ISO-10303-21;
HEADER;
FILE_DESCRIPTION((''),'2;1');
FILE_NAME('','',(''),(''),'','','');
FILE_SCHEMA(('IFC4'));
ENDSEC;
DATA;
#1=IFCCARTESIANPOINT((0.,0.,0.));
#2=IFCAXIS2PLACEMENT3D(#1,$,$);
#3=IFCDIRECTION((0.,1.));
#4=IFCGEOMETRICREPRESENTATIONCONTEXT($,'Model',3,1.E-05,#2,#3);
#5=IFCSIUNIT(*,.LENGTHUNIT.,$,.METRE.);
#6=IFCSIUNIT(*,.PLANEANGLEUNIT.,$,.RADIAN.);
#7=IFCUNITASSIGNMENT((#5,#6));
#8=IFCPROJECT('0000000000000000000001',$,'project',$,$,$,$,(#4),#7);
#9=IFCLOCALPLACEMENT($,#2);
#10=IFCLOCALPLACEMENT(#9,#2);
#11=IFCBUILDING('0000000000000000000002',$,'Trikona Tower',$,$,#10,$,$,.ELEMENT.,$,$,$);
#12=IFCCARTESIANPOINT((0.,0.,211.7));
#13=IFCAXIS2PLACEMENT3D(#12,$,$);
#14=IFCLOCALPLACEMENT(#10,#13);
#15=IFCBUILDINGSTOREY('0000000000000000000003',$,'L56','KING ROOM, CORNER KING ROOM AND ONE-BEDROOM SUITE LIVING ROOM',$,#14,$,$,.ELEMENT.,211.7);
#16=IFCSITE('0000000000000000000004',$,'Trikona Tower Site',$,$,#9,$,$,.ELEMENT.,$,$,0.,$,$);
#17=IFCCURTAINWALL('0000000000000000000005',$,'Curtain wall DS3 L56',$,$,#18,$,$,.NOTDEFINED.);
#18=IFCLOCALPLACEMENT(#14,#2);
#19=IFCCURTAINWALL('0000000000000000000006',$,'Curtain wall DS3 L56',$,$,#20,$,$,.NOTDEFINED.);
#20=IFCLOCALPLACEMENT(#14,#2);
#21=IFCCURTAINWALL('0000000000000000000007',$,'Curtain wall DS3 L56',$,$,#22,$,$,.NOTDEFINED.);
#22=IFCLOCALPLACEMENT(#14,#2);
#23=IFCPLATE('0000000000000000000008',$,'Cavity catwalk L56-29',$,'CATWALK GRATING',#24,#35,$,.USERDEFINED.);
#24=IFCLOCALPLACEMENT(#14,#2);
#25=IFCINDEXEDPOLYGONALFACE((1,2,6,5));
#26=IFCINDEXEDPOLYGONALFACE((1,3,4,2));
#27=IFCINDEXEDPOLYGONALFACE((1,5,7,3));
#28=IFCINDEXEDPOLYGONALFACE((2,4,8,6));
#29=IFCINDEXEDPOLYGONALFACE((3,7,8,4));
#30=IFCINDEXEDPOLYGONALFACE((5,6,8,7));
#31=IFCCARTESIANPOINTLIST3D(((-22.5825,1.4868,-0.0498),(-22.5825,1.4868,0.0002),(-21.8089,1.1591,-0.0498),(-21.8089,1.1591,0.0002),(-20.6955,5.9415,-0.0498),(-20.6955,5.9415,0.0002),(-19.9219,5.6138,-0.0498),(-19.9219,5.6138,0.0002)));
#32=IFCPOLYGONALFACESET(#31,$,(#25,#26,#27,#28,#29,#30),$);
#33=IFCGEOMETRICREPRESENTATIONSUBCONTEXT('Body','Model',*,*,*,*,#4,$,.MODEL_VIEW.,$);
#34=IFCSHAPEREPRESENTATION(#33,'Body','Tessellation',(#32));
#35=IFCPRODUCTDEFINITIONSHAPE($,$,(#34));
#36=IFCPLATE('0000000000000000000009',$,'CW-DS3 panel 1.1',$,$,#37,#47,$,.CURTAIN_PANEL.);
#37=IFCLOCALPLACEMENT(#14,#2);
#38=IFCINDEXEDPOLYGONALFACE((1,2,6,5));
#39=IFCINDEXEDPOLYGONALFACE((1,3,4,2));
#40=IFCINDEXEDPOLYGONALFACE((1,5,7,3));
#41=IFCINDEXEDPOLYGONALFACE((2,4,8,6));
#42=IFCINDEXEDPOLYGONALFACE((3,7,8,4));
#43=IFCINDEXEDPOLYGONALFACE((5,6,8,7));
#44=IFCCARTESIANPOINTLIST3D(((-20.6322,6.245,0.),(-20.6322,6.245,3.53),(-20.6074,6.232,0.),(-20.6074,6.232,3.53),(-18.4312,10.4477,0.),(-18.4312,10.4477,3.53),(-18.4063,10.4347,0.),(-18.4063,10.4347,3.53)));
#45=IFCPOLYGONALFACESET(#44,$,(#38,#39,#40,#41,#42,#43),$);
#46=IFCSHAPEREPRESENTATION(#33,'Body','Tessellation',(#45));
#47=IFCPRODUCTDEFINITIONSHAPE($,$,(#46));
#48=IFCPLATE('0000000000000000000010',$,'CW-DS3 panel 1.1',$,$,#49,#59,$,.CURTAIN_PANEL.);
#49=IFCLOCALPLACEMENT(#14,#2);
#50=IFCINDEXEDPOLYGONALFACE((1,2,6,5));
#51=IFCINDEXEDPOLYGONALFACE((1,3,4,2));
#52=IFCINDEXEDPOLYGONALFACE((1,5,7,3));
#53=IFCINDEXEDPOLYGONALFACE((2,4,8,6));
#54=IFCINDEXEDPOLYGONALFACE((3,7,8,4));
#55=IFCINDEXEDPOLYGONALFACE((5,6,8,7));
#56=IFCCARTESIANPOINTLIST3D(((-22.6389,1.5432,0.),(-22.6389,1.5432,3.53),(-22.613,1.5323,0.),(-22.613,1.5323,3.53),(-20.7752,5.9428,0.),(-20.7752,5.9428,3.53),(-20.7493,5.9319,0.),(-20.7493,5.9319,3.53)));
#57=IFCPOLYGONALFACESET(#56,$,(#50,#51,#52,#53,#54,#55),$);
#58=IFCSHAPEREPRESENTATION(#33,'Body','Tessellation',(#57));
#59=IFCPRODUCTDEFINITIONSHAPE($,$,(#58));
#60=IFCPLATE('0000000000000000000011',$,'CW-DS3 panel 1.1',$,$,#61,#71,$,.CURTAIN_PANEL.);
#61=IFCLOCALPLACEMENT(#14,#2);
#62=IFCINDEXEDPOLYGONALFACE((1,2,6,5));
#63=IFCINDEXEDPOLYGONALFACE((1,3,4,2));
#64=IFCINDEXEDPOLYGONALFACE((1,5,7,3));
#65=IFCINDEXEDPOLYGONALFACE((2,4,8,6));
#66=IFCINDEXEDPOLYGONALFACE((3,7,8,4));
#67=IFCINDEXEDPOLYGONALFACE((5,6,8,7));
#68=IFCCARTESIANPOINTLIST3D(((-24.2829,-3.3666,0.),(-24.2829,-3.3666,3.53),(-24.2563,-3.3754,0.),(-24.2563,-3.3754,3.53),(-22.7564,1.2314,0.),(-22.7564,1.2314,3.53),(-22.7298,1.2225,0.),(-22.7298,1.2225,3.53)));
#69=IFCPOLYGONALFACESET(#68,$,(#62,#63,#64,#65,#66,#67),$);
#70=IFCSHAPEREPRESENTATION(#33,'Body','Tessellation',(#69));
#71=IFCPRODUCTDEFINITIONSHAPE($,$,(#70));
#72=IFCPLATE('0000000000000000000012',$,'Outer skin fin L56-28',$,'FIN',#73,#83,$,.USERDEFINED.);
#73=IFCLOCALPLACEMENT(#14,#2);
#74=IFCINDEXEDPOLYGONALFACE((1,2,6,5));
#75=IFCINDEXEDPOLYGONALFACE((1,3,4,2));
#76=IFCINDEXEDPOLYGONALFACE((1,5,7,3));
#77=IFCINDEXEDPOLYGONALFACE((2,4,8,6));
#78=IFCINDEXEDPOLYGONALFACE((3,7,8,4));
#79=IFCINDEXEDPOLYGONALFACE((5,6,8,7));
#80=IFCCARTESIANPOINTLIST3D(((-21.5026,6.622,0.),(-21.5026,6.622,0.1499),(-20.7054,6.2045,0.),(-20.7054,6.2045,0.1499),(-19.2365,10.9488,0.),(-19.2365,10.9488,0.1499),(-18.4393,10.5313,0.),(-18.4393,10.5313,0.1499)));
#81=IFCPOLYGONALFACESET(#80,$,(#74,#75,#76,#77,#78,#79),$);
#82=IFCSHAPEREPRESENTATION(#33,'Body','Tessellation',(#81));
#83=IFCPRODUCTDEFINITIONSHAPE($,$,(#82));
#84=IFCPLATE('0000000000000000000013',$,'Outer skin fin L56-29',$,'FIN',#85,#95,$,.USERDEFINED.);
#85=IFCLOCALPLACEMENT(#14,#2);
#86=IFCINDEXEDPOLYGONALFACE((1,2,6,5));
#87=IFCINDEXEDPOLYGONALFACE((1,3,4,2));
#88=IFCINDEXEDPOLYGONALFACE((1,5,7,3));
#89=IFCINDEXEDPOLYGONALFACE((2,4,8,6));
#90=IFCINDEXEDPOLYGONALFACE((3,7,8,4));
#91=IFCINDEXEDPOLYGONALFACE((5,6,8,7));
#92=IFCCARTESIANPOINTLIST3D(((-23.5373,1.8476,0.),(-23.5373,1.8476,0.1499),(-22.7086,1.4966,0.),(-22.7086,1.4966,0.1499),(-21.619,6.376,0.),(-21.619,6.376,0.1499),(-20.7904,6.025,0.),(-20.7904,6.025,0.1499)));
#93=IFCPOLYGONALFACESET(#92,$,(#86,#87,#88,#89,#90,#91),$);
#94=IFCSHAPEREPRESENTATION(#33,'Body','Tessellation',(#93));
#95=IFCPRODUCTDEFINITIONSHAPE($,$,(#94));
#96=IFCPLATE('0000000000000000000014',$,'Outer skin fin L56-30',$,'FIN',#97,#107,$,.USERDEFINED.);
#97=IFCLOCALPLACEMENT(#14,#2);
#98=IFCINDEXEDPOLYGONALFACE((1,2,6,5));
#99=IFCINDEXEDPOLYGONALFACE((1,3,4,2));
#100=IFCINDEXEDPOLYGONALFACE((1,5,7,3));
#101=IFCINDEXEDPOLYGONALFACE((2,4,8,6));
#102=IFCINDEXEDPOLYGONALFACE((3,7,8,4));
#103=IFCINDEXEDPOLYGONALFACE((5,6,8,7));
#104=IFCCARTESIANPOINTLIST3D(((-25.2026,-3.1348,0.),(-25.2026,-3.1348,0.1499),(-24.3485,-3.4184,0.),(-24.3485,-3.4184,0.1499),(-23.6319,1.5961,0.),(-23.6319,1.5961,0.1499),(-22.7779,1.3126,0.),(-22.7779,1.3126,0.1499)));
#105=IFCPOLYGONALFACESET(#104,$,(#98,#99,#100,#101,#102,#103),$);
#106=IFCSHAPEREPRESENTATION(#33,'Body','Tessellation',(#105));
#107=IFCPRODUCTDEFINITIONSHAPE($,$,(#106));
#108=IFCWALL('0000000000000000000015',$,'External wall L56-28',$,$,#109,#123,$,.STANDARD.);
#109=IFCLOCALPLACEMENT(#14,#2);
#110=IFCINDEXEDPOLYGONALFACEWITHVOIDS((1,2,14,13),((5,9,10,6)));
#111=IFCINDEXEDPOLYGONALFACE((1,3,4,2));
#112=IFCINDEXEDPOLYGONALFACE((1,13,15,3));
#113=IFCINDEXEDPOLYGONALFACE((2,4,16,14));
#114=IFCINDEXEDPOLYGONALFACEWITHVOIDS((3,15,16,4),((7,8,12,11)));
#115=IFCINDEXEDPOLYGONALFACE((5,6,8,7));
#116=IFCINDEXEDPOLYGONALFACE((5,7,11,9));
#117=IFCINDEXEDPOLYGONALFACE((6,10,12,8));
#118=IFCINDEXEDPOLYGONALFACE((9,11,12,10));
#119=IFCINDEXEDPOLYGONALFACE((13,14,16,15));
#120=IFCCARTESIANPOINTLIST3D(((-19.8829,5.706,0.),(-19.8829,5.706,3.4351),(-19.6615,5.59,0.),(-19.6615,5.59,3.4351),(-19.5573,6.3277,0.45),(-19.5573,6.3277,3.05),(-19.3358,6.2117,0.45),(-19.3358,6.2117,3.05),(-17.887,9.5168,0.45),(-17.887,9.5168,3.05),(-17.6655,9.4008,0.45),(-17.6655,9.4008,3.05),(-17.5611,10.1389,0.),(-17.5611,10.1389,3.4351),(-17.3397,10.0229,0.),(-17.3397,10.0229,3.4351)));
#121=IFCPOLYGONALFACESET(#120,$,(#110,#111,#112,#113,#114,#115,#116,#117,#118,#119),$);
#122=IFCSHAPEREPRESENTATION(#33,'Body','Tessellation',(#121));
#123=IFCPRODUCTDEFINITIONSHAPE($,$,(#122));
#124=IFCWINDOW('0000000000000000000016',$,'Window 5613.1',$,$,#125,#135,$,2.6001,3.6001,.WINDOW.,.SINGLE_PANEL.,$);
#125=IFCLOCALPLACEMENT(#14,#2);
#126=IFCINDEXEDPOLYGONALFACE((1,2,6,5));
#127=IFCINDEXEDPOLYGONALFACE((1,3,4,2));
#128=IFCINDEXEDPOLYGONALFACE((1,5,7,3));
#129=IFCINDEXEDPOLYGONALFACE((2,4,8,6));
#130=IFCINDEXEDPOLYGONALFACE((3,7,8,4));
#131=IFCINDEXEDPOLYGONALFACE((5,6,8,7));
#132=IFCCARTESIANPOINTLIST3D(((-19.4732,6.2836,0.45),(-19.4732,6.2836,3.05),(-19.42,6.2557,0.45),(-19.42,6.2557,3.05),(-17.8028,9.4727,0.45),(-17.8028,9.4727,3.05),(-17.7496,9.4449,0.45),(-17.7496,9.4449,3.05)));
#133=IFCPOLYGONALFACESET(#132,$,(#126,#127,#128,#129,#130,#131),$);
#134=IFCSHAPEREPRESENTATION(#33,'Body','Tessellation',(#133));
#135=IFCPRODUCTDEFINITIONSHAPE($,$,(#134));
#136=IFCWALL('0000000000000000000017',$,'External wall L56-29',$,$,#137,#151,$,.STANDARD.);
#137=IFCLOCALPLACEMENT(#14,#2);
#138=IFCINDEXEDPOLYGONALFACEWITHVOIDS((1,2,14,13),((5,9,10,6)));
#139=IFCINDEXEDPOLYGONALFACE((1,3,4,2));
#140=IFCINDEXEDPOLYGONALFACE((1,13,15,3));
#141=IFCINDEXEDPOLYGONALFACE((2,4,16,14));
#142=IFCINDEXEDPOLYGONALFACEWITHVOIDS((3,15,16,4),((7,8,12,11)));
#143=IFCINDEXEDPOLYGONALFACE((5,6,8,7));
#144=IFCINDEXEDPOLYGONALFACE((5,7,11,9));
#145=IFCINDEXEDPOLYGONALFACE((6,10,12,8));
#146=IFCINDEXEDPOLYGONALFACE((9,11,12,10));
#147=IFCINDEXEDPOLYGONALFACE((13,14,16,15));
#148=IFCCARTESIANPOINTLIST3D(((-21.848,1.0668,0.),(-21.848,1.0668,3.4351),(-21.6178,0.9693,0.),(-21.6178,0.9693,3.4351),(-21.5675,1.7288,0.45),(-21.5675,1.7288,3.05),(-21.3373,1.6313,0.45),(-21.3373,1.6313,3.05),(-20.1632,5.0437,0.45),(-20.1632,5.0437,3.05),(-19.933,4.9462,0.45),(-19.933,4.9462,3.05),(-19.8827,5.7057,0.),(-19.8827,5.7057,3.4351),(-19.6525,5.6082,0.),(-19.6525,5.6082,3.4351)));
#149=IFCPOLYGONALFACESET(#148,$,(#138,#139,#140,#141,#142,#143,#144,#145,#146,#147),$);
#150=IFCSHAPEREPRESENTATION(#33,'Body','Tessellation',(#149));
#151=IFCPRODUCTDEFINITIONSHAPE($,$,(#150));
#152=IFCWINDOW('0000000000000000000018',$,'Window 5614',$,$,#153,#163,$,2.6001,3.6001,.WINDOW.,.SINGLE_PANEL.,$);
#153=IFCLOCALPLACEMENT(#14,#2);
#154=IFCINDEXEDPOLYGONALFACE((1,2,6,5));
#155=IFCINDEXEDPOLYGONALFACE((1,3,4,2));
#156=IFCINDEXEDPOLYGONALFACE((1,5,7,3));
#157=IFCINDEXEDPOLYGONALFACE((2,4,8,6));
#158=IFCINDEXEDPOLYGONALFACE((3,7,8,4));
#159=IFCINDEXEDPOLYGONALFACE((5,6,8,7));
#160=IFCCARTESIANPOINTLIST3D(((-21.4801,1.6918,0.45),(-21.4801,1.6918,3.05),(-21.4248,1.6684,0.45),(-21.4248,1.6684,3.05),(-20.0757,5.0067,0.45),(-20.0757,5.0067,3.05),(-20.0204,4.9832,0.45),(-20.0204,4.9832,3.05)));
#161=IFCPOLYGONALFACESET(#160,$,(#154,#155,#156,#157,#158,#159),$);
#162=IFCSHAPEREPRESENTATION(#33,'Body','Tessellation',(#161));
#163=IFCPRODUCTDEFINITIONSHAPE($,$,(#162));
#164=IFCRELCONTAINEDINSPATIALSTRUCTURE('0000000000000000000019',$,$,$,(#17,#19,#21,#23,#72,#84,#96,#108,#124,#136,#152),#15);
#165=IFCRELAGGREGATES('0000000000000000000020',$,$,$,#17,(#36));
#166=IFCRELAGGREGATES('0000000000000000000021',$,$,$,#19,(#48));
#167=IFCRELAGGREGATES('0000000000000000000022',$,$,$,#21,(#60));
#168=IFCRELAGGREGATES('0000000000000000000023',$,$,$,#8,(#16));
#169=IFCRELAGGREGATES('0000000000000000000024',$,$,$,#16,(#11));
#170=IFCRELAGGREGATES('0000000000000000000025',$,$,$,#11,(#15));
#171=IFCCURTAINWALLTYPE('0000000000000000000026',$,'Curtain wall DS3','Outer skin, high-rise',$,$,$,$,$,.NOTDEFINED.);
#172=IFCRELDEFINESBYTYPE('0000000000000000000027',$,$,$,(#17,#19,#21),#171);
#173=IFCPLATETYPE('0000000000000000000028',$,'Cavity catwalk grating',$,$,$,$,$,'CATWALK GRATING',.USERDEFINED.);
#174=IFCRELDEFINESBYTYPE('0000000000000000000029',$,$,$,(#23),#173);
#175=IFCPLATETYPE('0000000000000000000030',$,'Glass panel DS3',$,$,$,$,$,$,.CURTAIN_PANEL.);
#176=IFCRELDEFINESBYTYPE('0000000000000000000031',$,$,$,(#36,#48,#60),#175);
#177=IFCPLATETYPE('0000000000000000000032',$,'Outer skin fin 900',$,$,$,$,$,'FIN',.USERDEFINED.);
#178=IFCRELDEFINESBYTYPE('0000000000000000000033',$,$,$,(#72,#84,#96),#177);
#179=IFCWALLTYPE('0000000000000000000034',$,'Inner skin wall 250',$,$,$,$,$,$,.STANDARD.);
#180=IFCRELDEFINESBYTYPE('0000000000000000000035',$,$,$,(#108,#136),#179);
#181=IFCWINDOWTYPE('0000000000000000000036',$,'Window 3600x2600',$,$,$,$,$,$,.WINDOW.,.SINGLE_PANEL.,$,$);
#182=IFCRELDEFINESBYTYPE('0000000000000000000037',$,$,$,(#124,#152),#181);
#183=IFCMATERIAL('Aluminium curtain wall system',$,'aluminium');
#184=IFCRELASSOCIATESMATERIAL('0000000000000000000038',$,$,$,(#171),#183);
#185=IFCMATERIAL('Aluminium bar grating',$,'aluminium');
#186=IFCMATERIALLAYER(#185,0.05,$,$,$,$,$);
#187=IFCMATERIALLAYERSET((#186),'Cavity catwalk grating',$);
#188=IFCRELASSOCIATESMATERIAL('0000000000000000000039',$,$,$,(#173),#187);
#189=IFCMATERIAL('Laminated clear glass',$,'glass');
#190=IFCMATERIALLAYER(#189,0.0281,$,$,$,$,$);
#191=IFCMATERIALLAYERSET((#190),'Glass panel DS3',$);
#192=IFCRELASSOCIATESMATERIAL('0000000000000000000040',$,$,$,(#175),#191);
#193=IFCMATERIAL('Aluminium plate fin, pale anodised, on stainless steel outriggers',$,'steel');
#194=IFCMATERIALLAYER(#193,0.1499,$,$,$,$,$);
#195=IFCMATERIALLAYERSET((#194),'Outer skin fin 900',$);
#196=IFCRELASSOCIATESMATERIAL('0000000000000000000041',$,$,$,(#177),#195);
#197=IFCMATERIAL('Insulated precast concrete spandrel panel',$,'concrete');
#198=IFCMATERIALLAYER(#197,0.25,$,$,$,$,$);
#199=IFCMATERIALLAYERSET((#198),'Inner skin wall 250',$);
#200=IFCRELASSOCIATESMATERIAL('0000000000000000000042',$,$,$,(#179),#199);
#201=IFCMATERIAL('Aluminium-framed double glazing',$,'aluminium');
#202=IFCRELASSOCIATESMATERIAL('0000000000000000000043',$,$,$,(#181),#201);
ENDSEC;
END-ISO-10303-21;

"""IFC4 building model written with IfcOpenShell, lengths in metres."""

from ifc_helpers import new_model, si_unit, direction, frame, frame_2d, origin, origin_2d, place, context, subcontext, project, spatial, rectangle, extrude, material, layer, layer_set, type_object, element, fill, aggregate, save


model = new_model("IFC4")

# Units and contexts
model_context = context("Model", 3, precision=1e-05, world=origin(), true_north=direction((0.0, 1.0)))
body_context = subcontext(model_context, "Body", "Model", "MODEL_VIEW")
ifc_project = project(units=[si_unit("LENGTHUNIT", "METRE"), si_unit("PLANEANGLEUNIT", "RADIAN")], contexts=[model_context])

# Site, building, storey
site_placement = place(None, origin())
site = spatial("IfcSite", under=ifc_project, at=site_placement, Name="Trikona Tower Site", CompositionType="ELEMENT", RefElevation=0.0)
building_placement = place(site_placement, origin())
building = spatial("IfcBuilding", under=site, at=building_placement, Name="Trikona Tower", CompositionType="ELEMENT")
storey_placement = place(building_placement, frame((0.0, 0.0, 211.7)))
storey = spatial("IfcBuildingStorey", under=building, at=storey_placement, Name="L56", Description="KING ROOM, CORNER KING ROOM AND ONE-BEDROOM SUITE LIVING ROOM", CompositionType="ELEMENT", Elevation=211.7)

# Shared definitions
ifc_material_1 = material(Name="Aluminium curtain wall system", Category="aluminium")
curtain_wall_type = type_object("IfcCurtainWallType", Name="Curtain wall DS3", Description="Outer skin, high-rise", PredefinedType="NOTDEFINED", material=ifc_material_1)

# Curtain walls
curtain_wall_1_placement = place(storey_placement, origin())
curtain_wall_1 = element("IfcCurtainWall", 1, at=curtain_wall_1_placement, inside=storey, type_object=curtain_wall_type, Name="Curtain wall DS3 L56", PredefinedType="NOTDEFINED")
curtain_wall_2_placement = place(storey_placement, origin())
curtain_wall_2 = element("IfcCurtainWall", 2, at=curtain_wall_2_placement, inside=storey, type_object=curtain_wall_type, Name="Curtain wall DS3 L56", PredefinedType="NOTDEFINED")

# Curtain wall
curtain_wall_3_placement = place(storey_placement, origin())
curtain_wall_3 = element("IfcCurtainWall", 3, at=curtain_wall_3_placement, inside=storey, type_object=curtain_wall_type, Name="Curtain wall DS3 L56", PredefinedType="NOTDEFINED")

# Plate
ifc_material_2 = material(Name="Aluminium bar grating", Category="aluminium")
ifc_layer_1 = layer(ifc_material_2, 0.05)
ifc_layer_set_1 = layer_set([ifc_layer_1], Name="Cavity catwalk grating")
plate_type_1 = type_object("IfcPlateType", Name="Cavity catwalk grating", ElementType="CATWALK GRATING", PredefinedType="USERDEFINED", material=ifc_layer_set_1)
plate_1_placement = place(storey_placement, frame((-21.2522, 3.5503, -0.0498), z_axis=(0.0, 0.0, 1.0), x_axis=(-0.390051, -0.920793, 0.0)))
element("IfcPlate", 4, at=plate_1_placement, inside=storey, type_object=plate_type_1, Name="Cavity catwalk L56-29", ObjectType="CATWALK GRATING", PredefinedType="USERDEFINED", context=body_context, shape_type="SweptSolid", body=[
    extrude(rectangle(XDim=4.8379, YDim=0.8401, at=origin_2d()), origin(), (0.0, 0.0, 1.0), 0.05),
])

# Plates
ifc_material_3 = material(Name="Laminated clear glass", Category="glass")
ifc_layer_2 = layer(ifc_material_3, 0.0281)
ifc_layer_set_2 = layer_set([ifc_layer_2], Name="Glass panel DS3")
plate_type_2 = type_object("IfcPlateType", Name="Glass panel DS3", PredefinedType="CURTAIN_PANEL", material=ifc_layer_set_2)
plate_2_placement = place(storey_placement, frame((-19.5193, 8.3398, 0.0), z_axis=(0.0, 0.0, 1.0), x_axis=(-0.463948, -0.885862, 0.0)))
plate_2 = element("IfcPlate", 5, at=plate_2_placement, type_object=plate_type_2, Name="CW-DS3 panel 1.1", PredefinedType="CURTAIN_PANEL", context=body_context, shape_type="SweptSolid", body=[
    extrude(rectangle(XDim=4.7441, YDim=0.0281, at=origin_2d()), origin(), (0.0, 0.0, 1.0), 3.53),
])
aggregate(curtain_wall_1, [plate_2])
plate_3_placement = place(storey_placement, frame((-21.6941, 3.7375, 0.0), z_axis=(0.0, 0.0, 1.0), x_axis=(-0.390053, -0.920792, 0.0)))
plate_3 = element("IfcPlate", 6, at=plate_3_placement, type_object=plate_type_2, Name="CW-DS3 panel 1.1", PredefinedType="CURTAIN_PANEL", context=body_context, shape_type="SweptSolid", body=[
    extrude(rectangle(XDim=4.7781, YDim=0.0281, at=origin_2d()), origin(), (0.0, 0.0, 1.0), 3.53),
])
aggregate(curtain_wall_2, [plate_3])
plate_4_placement = place(storey_placement, frame((-23.5063, -1.072, 0.0), z_axis=(0.0, 0.0, 1.0), x_axis=(-0.315078, -0.949066, 0.0)))
plate_4 = element("IfcPlate", 7, at=plate_4_placement, type_object=plate_type_2, Name="CW-DS3 panel 1.1", PredefinedType="CURTAIN_PANEL", context=body_context, shape_type="SweptSolid", body=[
    extrude(rectangle(XDim=4.8447, YDim=0.0281, at=origin_2d()), origin(), (0.0, 0.0, 1.0), 3.53),
])
aggregate(curtain_wall_3, [plate_4])

# Plates
ifc_material_4 = material(Name="Aluminium plate fin, pale anodised, on stainless steel outriggers", Category="steel")
ifc_layer_3 = layer(ifc_material_4, 0.1499)
ifc_layer_set_3 = layer_set([ifc_layer_3], Name="Outer skin fin 900")
plate_type_3 = type_object("IfcPlateType", Name="Outer skin fin 900", ElementType="FIN", PredefinedType="USERDEFINED", material=ifc_layer_set_3)
plate_5_placement = place(storey_placement, frame((-19.9709, 8.5767, 0.0), z_axis=(0.0, 0.0, 1.0), x_axis=(-0.463952, -0.88586, 0.0)))
element("IfcPlate", 8, at=plate_5_placement, inside=storey, type_object=plate_type_3, Name="Outer skin fin L56-28", ObjectType="FIN", PredefinedType="USERDEFINED", context=body_context, shape_type="SweptSolid", body=[
    extrude(rectangle(XDim=4.8843, YDim=0.8999, at=origin_2d()), origin(), (0.0, 0.0, 1.0), 0.1499),
])
plate_6_placement = place(storey_placement, frame((-22.1638, 3.9363, 0.0), z_axis=(0.0, 0.0, 1.0), x_axis=(-0.390051, -0.920793, 0.0)))
element("IfcPlate", 9, at=plate_6_placement, inside=storey, type_object=plate_type_3, Name="Outer skin fin L56-29", ObjectType="FIN", PredefinedType="USERDEFINED", context=body_context, shape_type="SweptSolid", body=[
    extrude(rectangle(XDim=4.918, YDim=0.8999, at=origin_2d()), origin(), (0.0, 0.0, 1.0), 0.1499),
])
plate_7_placement = place(storey_placement, frame((-23.9902, -0.9111, 0.0), z_axis=(0.0, 0.0, 1.0), x_axis=(-0.315093, -0.949061, 0.0)))
element("IfcPlate", 10, at=plate_7_placement, inside=storey, type_object=plate_type_3, Name="Outer skin fin L56-30", ObjectType="FIN", PredefinedType="USERDEFINED", context=body_context, shape_type="SweptSolid", body=[
    extrude(rectangle(XDim=4.9849, YDim=0.8999, at=origin_2d()), origin(), (0.0, 0.0, 1.0), 0.1499),
])

# Walls, openings, windows
ifc_material_5 = material(Name="Insulated precast concrete spandrel panel", Category="concrete")
ifc_layer_4 = layer(ifc_material_5, 0.25)
ifc_layer_set_4 = layer_set([ifc_layer_4], Name="Inner skin wall 250")
wall_type = type_object("IfcWallType", Name="Inner skin wall 250", PredefinedType="STANDARD", material=ifc_layer_set_4)
wall_1_placement = place(storey_placement, frame((-17.4504, 10.0808, 0.0), z_axis=(0.0, 0.0, 1.0), x_axis=(-0.463976, -0.885848, 0.0)))
wall_1 = element("IfcWall", 11, at=wall_1_placement, inside=storey, type_object=wall_type, Name="External wall L56-28", PredefinedType="STANDARD", context=body_context, shape_type="SweptSolid", body=[
    extrude(rectangle(XDim=5.0042, YDim=0.25, at=frame_2d((2.502, 0.0))), origin(), (0.0, 0.0, 1.0), 3.4351),
])
opening_1_placement = place(wall_1_placement, frame((0.7021, 0.0, 0.45)))
opening_1 = element("IfcOpeningElement", 12, at=opening_1_placement, cuts=wall_1, PredefinedType="OPENING", context=body_context, shape_type="SweptSolid", body=[
    extrude(rectangle(XDim=3.6001, YDim=2.6001, at=frame_2d((1.8, 1.3))), frame((0.0, 0.135, 0.0), z_axis=(0.0, -1.0, 0.0), x_axis=(1.0, 0.0, 0.0)), (0.0, 0.0, 1.0), 0.27),
])
ifc_material_6 = material(Name="Aluminium-framed double glazing", Category="aluminium")
window_type = type_object("IfcWindowType", Name="Window 3600x2600", PartitioningType="SINGLE_PANEL", PredefinedType="WINDOW", material=ifc_material_6)
window_1_placement = place(opening_1_placement, origin())
window_1 = element("IfcWindow", 13, at=window_1_placement, inside=storey, type_object=window_type, Name="Window 5613.1", OverallHeight=2.6001, OverallWidth=3.6001, PartitioningType="SINGLE_PANEL", PredefinedType="WINDOW", context=body_context, shape_type="SweptSolid", body=[
    extrude(rectangle(XDim=3.6001, YDim=2.6001, at=frame_2d((1.8, 1.3))), frame((0.0, 0.03, 0.0), z_axis=(0.0, -1.0, 0.0), x_axis=(1.0, 0.0, 0.0)), (0.0, 0.0, 1.0), 0.0601),
])
fill(opening_1, window_1)
wall_2_placement = place(storey_placement, frame((-19.7676, 5.657, 0.0), z_axis=(0.0, 0.0, 1.0), x_axis=(-0.390097, -0.920774, 0.0)))
wall_2 = element("IfcWall", 14, at=wall_2_placement, inside=storey, type_object=wall_type, Name="External wall L56-29", PredefinedType="STANDARD", context=body_context, shape_type="SweptSolid", body=[
    extrude(rectangle(XDim=5.0381, YDim=0.25, at=frame_2d((2.519, 0.0))), origin(), (0.0, 0.0, 1.0), 3.4351),
])
opening_2_placement = place(wall_2_placement, frame((0.719, 0.0, 0.45)))
opening_2 = element("IfcOpeningElement", 15, at=opening_2_placement, cuts=wall_2, PredefinedType="OPENING", context=body_context, shape_type="SweptSolid", body=[
    extrude(rectangle(XDim=3.6001, YDim=2.6001, at=frame_2d((1.8, 1.3))), frame((0.0, 0.135, 0.0), z_axis=(0.0, -1.0, 0.0), x_axis=(1.0, 0.0, 0.0)), (0.0, 0.0, 1.0), 0.27),
])
window_2_placement = place(opening_2_placement, origin())
window_2 = element("IfcWindow", 16, at=window_2_placement, inside=storey, type_object=window_type, Name="Window 5614", OverallHeight=2.6001, OverallWidth=3.6001, PartitioningType="SINGLE_PANEL", PredefinedType="WINDOW", context=body_context, shape_type="SweptSolid", body=[
    extrude(rectangle(XDim=3.6001, YDim=2.6001, at=frame_2d((1.8, 1.3))), frame((0.0, 0.03, 0.0), z_axis=(0.0, -1.0, 0.0), x_axis=(1.0, 0.0, 0.0)), (0.0, 0.0, 1.0), 0.0601),
])
fill(opening_2, window_2)

save(model, "model.ifc")
